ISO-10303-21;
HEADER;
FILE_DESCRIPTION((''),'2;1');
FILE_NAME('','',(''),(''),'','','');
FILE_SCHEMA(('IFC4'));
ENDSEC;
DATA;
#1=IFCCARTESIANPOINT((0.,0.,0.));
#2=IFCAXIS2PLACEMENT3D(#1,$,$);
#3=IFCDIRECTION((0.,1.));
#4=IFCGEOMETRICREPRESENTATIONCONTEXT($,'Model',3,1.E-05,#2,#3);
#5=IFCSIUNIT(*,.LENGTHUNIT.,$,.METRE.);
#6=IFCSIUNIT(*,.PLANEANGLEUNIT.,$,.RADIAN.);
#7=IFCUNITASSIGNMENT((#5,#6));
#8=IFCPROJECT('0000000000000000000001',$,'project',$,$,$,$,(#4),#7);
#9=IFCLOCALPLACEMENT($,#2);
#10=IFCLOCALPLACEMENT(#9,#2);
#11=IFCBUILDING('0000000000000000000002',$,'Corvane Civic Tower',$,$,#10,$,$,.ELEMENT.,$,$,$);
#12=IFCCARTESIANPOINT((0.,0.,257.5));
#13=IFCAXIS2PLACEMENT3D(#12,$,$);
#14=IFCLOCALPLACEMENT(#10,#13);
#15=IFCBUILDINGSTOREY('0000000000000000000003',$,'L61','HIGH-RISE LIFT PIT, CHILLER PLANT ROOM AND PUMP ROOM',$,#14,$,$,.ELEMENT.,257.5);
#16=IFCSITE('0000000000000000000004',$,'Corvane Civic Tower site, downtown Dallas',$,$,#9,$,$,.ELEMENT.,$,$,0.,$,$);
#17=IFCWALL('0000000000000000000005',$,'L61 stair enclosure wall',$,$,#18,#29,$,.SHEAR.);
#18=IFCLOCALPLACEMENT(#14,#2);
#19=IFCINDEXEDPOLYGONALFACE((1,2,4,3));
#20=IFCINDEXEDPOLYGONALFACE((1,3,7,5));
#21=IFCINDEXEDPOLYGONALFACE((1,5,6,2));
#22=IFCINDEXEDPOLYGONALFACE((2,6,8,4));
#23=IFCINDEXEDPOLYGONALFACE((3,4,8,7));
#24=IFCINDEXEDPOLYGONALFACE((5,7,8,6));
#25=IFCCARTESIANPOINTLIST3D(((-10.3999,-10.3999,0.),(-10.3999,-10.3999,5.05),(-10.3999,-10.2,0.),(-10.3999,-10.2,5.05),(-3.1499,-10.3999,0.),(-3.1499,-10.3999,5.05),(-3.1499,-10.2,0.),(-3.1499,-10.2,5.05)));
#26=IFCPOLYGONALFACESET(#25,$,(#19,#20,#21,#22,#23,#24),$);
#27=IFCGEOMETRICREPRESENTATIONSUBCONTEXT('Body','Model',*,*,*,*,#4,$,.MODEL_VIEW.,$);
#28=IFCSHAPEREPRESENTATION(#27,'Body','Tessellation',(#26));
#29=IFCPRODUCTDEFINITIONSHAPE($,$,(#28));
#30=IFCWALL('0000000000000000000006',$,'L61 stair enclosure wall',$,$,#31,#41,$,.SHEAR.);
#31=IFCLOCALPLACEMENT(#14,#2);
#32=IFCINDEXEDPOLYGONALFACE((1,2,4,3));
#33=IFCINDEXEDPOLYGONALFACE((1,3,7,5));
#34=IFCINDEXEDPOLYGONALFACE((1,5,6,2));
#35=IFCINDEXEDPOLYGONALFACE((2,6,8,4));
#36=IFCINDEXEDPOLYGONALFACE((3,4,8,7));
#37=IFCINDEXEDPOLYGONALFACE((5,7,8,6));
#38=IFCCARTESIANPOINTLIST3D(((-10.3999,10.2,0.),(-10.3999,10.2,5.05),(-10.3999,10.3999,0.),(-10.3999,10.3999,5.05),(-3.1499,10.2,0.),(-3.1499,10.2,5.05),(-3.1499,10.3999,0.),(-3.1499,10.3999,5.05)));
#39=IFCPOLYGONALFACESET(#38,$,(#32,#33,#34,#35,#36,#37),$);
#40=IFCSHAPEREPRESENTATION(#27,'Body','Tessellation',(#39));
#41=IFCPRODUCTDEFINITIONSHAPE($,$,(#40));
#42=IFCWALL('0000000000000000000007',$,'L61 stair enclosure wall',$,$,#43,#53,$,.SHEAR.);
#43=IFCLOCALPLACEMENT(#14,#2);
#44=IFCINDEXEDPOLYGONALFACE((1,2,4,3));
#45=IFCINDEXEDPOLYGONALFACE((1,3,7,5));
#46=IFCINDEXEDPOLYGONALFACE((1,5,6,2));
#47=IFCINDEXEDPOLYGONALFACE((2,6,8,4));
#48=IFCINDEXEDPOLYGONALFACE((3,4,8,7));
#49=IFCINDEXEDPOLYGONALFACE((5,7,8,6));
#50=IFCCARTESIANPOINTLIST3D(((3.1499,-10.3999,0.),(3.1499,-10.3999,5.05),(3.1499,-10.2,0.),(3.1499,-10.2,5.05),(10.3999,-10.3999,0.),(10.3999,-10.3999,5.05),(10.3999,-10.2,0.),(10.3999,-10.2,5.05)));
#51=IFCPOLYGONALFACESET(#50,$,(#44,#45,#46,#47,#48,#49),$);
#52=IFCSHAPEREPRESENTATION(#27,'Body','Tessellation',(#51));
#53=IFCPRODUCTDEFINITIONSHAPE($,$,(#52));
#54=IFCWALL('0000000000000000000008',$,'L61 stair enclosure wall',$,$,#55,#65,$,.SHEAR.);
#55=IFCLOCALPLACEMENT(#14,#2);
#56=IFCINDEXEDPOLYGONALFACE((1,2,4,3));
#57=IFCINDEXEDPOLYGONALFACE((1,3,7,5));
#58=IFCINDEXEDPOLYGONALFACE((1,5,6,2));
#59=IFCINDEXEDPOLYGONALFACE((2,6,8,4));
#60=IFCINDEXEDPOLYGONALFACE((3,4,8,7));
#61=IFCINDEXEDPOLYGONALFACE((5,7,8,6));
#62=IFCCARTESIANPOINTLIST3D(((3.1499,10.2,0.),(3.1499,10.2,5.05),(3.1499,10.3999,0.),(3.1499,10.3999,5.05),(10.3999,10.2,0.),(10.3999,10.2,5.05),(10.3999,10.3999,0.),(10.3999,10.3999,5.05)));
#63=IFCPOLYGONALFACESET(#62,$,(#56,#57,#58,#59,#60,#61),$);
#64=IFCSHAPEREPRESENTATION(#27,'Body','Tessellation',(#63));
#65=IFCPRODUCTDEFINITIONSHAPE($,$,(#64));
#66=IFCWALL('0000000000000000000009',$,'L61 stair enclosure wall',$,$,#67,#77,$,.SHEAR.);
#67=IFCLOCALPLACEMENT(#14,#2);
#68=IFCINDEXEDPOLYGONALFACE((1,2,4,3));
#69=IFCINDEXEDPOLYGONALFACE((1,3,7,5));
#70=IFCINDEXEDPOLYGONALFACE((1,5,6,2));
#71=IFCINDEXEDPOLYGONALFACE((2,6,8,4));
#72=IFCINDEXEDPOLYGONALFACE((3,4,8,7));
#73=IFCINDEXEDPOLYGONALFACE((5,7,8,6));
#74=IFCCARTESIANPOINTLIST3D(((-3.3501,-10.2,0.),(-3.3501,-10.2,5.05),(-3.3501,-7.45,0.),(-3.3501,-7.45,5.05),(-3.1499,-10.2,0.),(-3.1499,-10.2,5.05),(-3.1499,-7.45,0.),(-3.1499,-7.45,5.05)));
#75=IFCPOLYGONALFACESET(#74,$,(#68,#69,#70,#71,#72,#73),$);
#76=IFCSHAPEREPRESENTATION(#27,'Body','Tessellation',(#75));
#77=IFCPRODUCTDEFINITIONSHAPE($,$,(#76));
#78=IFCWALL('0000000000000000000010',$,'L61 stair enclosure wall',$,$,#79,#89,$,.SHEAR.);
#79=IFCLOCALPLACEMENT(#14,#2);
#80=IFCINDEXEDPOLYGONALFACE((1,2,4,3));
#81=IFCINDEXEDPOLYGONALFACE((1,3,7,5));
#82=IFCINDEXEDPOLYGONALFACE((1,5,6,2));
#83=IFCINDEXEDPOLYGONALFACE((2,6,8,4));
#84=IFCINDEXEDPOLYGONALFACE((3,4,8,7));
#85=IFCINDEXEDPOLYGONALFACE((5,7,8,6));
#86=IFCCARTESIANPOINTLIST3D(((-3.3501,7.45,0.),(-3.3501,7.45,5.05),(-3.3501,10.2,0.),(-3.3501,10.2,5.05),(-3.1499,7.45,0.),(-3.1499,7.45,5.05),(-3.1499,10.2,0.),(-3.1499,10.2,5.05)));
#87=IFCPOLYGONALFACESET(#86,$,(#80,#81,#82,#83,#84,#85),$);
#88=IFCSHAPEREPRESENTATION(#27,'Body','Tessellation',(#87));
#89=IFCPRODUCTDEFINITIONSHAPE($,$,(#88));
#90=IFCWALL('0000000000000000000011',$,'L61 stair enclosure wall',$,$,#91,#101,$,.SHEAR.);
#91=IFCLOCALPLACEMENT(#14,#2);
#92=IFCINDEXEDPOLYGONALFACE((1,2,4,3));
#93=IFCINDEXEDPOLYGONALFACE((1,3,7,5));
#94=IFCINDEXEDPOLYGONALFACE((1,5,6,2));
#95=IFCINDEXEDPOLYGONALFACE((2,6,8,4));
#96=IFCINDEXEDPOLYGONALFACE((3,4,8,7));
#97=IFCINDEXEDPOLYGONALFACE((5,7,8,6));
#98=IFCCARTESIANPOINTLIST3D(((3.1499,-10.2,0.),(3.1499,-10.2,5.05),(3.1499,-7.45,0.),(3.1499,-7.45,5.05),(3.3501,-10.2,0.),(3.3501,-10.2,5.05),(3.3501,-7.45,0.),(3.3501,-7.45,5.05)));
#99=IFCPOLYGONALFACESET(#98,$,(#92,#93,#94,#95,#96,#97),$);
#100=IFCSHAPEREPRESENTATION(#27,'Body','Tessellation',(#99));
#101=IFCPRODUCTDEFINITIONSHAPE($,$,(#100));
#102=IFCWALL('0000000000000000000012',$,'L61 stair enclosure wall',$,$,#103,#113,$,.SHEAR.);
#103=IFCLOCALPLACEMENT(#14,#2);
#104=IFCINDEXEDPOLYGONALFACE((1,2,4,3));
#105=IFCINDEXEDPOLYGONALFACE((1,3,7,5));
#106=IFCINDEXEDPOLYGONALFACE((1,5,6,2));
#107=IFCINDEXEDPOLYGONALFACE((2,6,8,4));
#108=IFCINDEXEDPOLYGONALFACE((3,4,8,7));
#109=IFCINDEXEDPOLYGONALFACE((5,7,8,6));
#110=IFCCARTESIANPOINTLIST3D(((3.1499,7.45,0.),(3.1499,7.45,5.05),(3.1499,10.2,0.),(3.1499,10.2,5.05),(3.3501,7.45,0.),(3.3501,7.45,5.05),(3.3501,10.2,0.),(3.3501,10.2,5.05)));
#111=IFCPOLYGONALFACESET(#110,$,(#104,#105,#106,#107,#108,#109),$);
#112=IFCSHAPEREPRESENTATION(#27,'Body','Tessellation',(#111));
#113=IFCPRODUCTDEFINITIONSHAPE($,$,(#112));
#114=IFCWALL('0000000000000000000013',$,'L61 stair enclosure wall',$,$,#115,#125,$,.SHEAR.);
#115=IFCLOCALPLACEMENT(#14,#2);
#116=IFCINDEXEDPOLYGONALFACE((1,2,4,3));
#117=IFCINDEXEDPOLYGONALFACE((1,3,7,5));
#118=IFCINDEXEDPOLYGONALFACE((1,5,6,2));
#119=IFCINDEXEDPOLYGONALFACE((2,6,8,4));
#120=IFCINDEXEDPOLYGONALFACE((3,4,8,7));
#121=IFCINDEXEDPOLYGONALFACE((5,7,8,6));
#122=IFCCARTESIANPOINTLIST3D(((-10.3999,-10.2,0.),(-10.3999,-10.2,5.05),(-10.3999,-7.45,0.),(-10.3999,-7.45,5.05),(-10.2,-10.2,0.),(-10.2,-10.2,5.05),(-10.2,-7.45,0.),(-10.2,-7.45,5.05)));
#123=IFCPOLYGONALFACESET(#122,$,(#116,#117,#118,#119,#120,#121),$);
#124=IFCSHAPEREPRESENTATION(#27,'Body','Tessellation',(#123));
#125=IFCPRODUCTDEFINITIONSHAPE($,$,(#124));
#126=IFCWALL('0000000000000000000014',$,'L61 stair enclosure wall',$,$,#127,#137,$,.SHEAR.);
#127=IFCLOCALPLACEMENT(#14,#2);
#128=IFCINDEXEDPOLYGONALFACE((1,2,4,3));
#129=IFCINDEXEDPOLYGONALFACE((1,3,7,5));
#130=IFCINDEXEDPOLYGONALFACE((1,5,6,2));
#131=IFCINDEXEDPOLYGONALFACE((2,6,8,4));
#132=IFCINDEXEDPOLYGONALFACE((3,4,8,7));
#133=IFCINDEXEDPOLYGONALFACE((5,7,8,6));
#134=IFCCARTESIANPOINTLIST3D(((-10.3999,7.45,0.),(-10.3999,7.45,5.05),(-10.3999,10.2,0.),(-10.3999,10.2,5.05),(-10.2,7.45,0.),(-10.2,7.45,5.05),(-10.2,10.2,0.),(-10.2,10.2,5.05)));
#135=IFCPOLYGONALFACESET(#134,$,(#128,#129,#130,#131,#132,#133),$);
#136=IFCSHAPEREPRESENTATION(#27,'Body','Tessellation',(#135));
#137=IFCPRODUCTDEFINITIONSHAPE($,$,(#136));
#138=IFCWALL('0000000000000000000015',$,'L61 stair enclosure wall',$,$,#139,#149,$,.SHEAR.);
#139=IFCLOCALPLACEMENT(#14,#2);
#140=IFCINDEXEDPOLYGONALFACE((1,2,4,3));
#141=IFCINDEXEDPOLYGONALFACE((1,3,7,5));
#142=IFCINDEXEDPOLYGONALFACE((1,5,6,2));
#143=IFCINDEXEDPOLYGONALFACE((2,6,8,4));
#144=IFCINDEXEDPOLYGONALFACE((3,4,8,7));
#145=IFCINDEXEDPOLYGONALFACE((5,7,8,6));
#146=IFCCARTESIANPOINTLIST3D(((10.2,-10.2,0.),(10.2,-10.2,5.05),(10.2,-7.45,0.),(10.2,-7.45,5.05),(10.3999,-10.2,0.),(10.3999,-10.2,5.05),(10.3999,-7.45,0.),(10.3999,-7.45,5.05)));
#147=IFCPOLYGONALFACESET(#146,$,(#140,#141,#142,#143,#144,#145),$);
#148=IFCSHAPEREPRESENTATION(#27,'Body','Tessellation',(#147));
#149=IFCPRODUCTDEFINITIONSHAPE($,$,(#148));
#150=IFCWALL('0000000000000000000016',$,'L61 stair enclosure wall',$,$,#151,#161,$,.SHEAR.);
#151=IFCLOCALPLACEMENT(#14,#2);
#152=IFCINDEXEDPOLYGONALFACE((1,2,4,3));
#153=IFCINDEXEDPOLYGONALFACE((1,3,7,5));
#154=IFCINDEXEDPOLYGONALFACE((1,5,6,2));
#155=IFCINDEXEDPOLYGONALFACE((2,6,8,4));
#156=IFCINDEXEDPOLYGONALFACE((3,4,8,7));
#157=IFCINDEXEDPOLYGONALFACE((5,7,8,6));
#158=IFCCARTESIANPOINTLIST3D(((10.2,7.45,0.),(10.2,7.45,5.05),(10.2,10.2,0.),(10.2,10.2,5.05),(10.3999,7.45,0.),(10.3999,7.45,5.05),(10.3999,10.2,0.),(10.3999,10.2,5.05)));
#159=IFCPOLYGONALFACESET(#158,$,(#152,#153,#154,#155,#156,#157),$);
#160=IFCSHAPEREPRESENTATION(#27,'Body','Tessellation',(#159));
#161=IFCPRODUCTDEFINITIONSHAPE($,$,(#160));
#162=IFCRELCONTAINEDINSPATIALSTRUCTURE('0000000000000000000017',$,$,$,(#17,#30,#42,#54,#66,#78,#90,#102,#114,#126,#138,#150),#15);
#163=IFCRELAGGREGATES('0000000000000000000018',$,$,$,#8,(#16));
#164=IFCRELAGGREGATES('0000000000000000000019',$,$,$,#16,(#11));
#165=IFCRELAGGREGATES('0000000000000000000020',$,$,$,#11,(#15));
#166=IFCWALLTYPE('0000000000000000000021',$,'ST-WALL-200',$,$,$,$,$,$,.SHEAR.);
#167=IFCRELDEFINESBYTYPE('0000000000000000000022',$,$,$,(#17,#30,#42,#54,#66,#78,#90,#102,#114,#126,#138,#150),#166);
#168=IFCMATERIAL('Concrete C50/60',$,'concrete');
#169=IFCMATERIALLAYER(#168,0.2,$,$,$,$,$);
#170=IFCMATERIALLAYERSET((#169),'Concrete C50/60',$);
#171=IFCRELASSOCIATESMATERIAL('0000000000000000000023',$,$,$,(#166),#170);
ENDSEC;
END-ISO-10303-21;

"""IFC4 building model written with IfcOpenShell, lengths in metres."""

from ifc_helpers import new_model, si_unit, direction, frame, origin, place, context, subcontext, project, spatial, polyline, outline, extrude, material, layer, layer_set, type_object, element, save


model = new_model("IFC4")

# Units and contexts
model_context = context("Model", 3, precision=1e-05, world=origin(), true_north=direction((0.0, 1.0)))
body_context = subcontext(model_context, "Body", "Model", "MODEL_VIEW")
ifc_project = project(units=[si_unit("LENGTHUNIT", "METRE"), si_unit("PLANEANGLEUNIT", "RADIAN")], contexts=[model_context])

# Site, building, storey
site_placement = place(None, origin())
site = spatial("IfcSite", under=ifc_project, at=site_placement, Name="Corvane Civic Tower site, downtown Dallas", CompositionType="ELEMENT", RefElevation=0.0)
building_placement = place(site_placement, origin())
building = spatial("IfcBuilding", under=site, at=building_placement, Name="Corvane Civic Tower", CompositionType="ELEMENT")
storey_placement = place(building_placement, frame((0.0, 0.0, 257.5)))
storey = spatial("IfcBuildingStorey", under=building, at=storey_placement, Name="L61", Description="HIGH-RISE LIFT PIT, CHILLER PLANT ROOM AND PUMP ROOM", CompositionType="ELEMENT", Elevation=257.5)

# Walls
ifc_material_1 = material(Name="Concrete C50/60", Category="concrete")
ifc_layer_1 = layer(ifc_material_1, 0.2)
ifc_layer_set_1 = layer_set([ifc_layer_1], Name="Concrete C50/60")
wall_type_1 = type_object("IfcWallType", Name="ST-WALL-200", PredefinedType="SHEAR", material=ifc_layer_set_1)
wall_1_placement = place(storey_placement, origin())
element("IfcWall", 1, at=wall_1_placement, inside=storey, type_object=wall_type_1, Name="L61 stair enclosure wall", PredefinedType="SHEAR", context=body_context, shape_type="SweptSolid", body=[
    extrude(outline(polyline([(-3.1499, -10.2), (-3.1499, -10.3999), (-10.3999, -10.3999), (-10.3999, -10.2), (-3.1499, -10.2)])), origin(), (0.0, 0.0, 1.0), 5.05),
])
wall_2_placement = place(storey_placement, origin())
element("IfcWall", 2, at=wall_2_placement, inside=storey, type_object=wall_type_1, Name="L61 stair enclosure wall", PredefinedType="SHEAR", context=body_context, shape_type="SweptSolid", body=[
    extrude(outline(polyline([(-3.1499, 10.2), (-10.3999, 10.2), (-10.3999, 10.3999), (-3.1499, 10.3999), (-3.1499, 10.2)])), origin(), (0.0, 0.0, 1.0), 5.05),
])
wall_3_placement = place(storey_placement, origin())
element("IfcWall", 3, at=wall_3_placement, inside=storey, type_object=wall_type_1, Name="L61 stair enclosure wall", PredefinedType="SHEAR", context=body_context, shape_type="SweptSolid", body=[
    extrude(outline(polyline([(10.3999, -10.3999), (3.1499, -10.3999), (3.1499, -10.2), (10.3999, -10.2), (10.3999, -10.3999)])), origin(), (0.0, 0.0, 1.0), 5.05),
])
wall_4_placement = place(storey_placement, origin())
element("IfcWall", 4, at=wall_4_placement, inside=storey, type_object=wall_type_1, Name="L61 stair enclosure wall", PredefinedType="SHEAR", context=body_context, shape_type="SweptSolid", body=[
    extrude(outline(polyline([(10.3999, 10.2), (3.1499, 10.2), (3.1499, 10.3999), (10.3999, 10.3999), (10.3999, 10.2)])), origin(), (0.0, 0.0, 1.0), 5.05),
])
wall_5_placement = place(storey_placement, origin())
element("IfcWall", 5, at=wall_5_placement, inside=storey, type_object=wall_type_1, Name="L61 stair enclosure wall", PredefinedType="SHEAR", context=body_context, shape_type="SweptSolid", body=[
    extrude(outline(polyline([(-3.1499, -7.45), (-3.1499, -10.2), (-3.3501, -10.2), (-3.3501, -7.45), (-3.1499, -7.45)])), origin(), (0.0, 0.0, 1.0), 5.05),
])
wall_6_placement = place(storey_placement, origin())
element("IfcWall", 6, at=wall_6_placement, inside=storey, type_object=wall_type_1, Name="L61 stair enclosure wall", PredefinedType="SHEAR", context=body_context, shape_type="SweptSolid", body=[
    extrude(outline(polyline([(-3.1499, 7.45), (-3.3501, 7.45), (-3.3501, 10.2), (-3.1499, 10.2), (-3.1499, 7.45)])), origin(), (0.0, 0.0, 1.0), 5.05),
])
wall_7_placement = place(storey_placement, origin())
element("IfcWall", 7, at=wall_7_placement, inside=storey, type_object=wall_type_1, Name="L61 stair enclosure wall", PredefinedType="SHEAR", context=body_context, shape_type="SweptSolid", body=[
    extrude(outline(polyline([(3.3501, -7.45), (3.3501, -10.2), (3.1499, -10.2), (3.1499, -7.45), (3.3501, -7.45)])), origin(), (0.0, 0.0, 1.0), 5.05),
])
wall_8_placement = place(storey_placement, origin())
element("IfcWall", 8, at=wall_8_placement, inside=storey, type_object=wall_type_1, Name="L61 stair enclosure wall", PredefinedType="SHEAR", context=body_context, shape_type="SweptSolid", body=[
    extrude(outline(polyline([(3.3501, 7.45), (3.1499, 7.45), (3.1499, 10.2), (3.3501, 10.2), (3.3501, 7.45)])), origin(), (0.0, 0.0, 1.0), 5.05),
])
wall_9_placement = place(storey_placement, origin())
element("IfcWall", 9, at=wall_9_placement, inside=storey, type_object=wall_type_1, Name="L61 stair enclosure wall", PredefinedType="SHEAR", context=body_context, shape_type="SweptSolid", body=[
    extrude(outline(polyline([(-10.2, -7.45), (-10.2, -10.2), (-10.3999, -10.2), (-10.3999, -7.45), (-10.2, -7.45)])), origin(), (0.0, 0.0, 1.0), 5.05),
])
wall_10_placement = place(storey_placement, origin())
element("IfcWall", 10, at=wall_10_placement, inside=storey, type_object=wall_type_1, Name="L61 stair enclosure wall", PredefinedType="SHEAR", context=body_context, shape_type="SweptSolid", body=[
    extrude(outline(polyline([(-10.2, 7.45), (-10.3999, 7.45), (-10.3999, 10.2), (-10.2, 10.2), (-10.2, 7.45)])), origin(), (0.0, 0.0, 1.0), 5.05),
])
wall_11_placement = place(storey_placement, origin())
element("IfcWall", 11, at=wall_11_placement, inside=storey, type_object=wall_type_1, Name="L61 stair enclosure wall", PredefinedType="SHEAR", context=body_context, shape_type="SweptSolid", body=[
    extrude(outline(polyline([(10.3999, -7.45), (10.3999, -10.2), (10.2, -10.2), (10.2, -7.45), (10.3999, -7.45)])), origin(), (0.0, 0.0, 1.0), 5.05),
])
wall_12_placement = place(storey_placement, origin())
element("IfcWall", 12, at=wall_12_placement, inside=storey, type_object=wall_type_1, Name="L61 stair enclosure wall", PredefinedType="SHEAR", context=body_context, shape_type="SweptSolid", body=[
    extrude(outline(polyline([(10.3999, 7.45), (10.2, 7.45), (10.2, 10.2), (10.3999, 10.2), (10.3999, 7.45)])), origin(), (0.0, 0.0, 1.0), 5.05),
])

save(model, "model.ifc")
